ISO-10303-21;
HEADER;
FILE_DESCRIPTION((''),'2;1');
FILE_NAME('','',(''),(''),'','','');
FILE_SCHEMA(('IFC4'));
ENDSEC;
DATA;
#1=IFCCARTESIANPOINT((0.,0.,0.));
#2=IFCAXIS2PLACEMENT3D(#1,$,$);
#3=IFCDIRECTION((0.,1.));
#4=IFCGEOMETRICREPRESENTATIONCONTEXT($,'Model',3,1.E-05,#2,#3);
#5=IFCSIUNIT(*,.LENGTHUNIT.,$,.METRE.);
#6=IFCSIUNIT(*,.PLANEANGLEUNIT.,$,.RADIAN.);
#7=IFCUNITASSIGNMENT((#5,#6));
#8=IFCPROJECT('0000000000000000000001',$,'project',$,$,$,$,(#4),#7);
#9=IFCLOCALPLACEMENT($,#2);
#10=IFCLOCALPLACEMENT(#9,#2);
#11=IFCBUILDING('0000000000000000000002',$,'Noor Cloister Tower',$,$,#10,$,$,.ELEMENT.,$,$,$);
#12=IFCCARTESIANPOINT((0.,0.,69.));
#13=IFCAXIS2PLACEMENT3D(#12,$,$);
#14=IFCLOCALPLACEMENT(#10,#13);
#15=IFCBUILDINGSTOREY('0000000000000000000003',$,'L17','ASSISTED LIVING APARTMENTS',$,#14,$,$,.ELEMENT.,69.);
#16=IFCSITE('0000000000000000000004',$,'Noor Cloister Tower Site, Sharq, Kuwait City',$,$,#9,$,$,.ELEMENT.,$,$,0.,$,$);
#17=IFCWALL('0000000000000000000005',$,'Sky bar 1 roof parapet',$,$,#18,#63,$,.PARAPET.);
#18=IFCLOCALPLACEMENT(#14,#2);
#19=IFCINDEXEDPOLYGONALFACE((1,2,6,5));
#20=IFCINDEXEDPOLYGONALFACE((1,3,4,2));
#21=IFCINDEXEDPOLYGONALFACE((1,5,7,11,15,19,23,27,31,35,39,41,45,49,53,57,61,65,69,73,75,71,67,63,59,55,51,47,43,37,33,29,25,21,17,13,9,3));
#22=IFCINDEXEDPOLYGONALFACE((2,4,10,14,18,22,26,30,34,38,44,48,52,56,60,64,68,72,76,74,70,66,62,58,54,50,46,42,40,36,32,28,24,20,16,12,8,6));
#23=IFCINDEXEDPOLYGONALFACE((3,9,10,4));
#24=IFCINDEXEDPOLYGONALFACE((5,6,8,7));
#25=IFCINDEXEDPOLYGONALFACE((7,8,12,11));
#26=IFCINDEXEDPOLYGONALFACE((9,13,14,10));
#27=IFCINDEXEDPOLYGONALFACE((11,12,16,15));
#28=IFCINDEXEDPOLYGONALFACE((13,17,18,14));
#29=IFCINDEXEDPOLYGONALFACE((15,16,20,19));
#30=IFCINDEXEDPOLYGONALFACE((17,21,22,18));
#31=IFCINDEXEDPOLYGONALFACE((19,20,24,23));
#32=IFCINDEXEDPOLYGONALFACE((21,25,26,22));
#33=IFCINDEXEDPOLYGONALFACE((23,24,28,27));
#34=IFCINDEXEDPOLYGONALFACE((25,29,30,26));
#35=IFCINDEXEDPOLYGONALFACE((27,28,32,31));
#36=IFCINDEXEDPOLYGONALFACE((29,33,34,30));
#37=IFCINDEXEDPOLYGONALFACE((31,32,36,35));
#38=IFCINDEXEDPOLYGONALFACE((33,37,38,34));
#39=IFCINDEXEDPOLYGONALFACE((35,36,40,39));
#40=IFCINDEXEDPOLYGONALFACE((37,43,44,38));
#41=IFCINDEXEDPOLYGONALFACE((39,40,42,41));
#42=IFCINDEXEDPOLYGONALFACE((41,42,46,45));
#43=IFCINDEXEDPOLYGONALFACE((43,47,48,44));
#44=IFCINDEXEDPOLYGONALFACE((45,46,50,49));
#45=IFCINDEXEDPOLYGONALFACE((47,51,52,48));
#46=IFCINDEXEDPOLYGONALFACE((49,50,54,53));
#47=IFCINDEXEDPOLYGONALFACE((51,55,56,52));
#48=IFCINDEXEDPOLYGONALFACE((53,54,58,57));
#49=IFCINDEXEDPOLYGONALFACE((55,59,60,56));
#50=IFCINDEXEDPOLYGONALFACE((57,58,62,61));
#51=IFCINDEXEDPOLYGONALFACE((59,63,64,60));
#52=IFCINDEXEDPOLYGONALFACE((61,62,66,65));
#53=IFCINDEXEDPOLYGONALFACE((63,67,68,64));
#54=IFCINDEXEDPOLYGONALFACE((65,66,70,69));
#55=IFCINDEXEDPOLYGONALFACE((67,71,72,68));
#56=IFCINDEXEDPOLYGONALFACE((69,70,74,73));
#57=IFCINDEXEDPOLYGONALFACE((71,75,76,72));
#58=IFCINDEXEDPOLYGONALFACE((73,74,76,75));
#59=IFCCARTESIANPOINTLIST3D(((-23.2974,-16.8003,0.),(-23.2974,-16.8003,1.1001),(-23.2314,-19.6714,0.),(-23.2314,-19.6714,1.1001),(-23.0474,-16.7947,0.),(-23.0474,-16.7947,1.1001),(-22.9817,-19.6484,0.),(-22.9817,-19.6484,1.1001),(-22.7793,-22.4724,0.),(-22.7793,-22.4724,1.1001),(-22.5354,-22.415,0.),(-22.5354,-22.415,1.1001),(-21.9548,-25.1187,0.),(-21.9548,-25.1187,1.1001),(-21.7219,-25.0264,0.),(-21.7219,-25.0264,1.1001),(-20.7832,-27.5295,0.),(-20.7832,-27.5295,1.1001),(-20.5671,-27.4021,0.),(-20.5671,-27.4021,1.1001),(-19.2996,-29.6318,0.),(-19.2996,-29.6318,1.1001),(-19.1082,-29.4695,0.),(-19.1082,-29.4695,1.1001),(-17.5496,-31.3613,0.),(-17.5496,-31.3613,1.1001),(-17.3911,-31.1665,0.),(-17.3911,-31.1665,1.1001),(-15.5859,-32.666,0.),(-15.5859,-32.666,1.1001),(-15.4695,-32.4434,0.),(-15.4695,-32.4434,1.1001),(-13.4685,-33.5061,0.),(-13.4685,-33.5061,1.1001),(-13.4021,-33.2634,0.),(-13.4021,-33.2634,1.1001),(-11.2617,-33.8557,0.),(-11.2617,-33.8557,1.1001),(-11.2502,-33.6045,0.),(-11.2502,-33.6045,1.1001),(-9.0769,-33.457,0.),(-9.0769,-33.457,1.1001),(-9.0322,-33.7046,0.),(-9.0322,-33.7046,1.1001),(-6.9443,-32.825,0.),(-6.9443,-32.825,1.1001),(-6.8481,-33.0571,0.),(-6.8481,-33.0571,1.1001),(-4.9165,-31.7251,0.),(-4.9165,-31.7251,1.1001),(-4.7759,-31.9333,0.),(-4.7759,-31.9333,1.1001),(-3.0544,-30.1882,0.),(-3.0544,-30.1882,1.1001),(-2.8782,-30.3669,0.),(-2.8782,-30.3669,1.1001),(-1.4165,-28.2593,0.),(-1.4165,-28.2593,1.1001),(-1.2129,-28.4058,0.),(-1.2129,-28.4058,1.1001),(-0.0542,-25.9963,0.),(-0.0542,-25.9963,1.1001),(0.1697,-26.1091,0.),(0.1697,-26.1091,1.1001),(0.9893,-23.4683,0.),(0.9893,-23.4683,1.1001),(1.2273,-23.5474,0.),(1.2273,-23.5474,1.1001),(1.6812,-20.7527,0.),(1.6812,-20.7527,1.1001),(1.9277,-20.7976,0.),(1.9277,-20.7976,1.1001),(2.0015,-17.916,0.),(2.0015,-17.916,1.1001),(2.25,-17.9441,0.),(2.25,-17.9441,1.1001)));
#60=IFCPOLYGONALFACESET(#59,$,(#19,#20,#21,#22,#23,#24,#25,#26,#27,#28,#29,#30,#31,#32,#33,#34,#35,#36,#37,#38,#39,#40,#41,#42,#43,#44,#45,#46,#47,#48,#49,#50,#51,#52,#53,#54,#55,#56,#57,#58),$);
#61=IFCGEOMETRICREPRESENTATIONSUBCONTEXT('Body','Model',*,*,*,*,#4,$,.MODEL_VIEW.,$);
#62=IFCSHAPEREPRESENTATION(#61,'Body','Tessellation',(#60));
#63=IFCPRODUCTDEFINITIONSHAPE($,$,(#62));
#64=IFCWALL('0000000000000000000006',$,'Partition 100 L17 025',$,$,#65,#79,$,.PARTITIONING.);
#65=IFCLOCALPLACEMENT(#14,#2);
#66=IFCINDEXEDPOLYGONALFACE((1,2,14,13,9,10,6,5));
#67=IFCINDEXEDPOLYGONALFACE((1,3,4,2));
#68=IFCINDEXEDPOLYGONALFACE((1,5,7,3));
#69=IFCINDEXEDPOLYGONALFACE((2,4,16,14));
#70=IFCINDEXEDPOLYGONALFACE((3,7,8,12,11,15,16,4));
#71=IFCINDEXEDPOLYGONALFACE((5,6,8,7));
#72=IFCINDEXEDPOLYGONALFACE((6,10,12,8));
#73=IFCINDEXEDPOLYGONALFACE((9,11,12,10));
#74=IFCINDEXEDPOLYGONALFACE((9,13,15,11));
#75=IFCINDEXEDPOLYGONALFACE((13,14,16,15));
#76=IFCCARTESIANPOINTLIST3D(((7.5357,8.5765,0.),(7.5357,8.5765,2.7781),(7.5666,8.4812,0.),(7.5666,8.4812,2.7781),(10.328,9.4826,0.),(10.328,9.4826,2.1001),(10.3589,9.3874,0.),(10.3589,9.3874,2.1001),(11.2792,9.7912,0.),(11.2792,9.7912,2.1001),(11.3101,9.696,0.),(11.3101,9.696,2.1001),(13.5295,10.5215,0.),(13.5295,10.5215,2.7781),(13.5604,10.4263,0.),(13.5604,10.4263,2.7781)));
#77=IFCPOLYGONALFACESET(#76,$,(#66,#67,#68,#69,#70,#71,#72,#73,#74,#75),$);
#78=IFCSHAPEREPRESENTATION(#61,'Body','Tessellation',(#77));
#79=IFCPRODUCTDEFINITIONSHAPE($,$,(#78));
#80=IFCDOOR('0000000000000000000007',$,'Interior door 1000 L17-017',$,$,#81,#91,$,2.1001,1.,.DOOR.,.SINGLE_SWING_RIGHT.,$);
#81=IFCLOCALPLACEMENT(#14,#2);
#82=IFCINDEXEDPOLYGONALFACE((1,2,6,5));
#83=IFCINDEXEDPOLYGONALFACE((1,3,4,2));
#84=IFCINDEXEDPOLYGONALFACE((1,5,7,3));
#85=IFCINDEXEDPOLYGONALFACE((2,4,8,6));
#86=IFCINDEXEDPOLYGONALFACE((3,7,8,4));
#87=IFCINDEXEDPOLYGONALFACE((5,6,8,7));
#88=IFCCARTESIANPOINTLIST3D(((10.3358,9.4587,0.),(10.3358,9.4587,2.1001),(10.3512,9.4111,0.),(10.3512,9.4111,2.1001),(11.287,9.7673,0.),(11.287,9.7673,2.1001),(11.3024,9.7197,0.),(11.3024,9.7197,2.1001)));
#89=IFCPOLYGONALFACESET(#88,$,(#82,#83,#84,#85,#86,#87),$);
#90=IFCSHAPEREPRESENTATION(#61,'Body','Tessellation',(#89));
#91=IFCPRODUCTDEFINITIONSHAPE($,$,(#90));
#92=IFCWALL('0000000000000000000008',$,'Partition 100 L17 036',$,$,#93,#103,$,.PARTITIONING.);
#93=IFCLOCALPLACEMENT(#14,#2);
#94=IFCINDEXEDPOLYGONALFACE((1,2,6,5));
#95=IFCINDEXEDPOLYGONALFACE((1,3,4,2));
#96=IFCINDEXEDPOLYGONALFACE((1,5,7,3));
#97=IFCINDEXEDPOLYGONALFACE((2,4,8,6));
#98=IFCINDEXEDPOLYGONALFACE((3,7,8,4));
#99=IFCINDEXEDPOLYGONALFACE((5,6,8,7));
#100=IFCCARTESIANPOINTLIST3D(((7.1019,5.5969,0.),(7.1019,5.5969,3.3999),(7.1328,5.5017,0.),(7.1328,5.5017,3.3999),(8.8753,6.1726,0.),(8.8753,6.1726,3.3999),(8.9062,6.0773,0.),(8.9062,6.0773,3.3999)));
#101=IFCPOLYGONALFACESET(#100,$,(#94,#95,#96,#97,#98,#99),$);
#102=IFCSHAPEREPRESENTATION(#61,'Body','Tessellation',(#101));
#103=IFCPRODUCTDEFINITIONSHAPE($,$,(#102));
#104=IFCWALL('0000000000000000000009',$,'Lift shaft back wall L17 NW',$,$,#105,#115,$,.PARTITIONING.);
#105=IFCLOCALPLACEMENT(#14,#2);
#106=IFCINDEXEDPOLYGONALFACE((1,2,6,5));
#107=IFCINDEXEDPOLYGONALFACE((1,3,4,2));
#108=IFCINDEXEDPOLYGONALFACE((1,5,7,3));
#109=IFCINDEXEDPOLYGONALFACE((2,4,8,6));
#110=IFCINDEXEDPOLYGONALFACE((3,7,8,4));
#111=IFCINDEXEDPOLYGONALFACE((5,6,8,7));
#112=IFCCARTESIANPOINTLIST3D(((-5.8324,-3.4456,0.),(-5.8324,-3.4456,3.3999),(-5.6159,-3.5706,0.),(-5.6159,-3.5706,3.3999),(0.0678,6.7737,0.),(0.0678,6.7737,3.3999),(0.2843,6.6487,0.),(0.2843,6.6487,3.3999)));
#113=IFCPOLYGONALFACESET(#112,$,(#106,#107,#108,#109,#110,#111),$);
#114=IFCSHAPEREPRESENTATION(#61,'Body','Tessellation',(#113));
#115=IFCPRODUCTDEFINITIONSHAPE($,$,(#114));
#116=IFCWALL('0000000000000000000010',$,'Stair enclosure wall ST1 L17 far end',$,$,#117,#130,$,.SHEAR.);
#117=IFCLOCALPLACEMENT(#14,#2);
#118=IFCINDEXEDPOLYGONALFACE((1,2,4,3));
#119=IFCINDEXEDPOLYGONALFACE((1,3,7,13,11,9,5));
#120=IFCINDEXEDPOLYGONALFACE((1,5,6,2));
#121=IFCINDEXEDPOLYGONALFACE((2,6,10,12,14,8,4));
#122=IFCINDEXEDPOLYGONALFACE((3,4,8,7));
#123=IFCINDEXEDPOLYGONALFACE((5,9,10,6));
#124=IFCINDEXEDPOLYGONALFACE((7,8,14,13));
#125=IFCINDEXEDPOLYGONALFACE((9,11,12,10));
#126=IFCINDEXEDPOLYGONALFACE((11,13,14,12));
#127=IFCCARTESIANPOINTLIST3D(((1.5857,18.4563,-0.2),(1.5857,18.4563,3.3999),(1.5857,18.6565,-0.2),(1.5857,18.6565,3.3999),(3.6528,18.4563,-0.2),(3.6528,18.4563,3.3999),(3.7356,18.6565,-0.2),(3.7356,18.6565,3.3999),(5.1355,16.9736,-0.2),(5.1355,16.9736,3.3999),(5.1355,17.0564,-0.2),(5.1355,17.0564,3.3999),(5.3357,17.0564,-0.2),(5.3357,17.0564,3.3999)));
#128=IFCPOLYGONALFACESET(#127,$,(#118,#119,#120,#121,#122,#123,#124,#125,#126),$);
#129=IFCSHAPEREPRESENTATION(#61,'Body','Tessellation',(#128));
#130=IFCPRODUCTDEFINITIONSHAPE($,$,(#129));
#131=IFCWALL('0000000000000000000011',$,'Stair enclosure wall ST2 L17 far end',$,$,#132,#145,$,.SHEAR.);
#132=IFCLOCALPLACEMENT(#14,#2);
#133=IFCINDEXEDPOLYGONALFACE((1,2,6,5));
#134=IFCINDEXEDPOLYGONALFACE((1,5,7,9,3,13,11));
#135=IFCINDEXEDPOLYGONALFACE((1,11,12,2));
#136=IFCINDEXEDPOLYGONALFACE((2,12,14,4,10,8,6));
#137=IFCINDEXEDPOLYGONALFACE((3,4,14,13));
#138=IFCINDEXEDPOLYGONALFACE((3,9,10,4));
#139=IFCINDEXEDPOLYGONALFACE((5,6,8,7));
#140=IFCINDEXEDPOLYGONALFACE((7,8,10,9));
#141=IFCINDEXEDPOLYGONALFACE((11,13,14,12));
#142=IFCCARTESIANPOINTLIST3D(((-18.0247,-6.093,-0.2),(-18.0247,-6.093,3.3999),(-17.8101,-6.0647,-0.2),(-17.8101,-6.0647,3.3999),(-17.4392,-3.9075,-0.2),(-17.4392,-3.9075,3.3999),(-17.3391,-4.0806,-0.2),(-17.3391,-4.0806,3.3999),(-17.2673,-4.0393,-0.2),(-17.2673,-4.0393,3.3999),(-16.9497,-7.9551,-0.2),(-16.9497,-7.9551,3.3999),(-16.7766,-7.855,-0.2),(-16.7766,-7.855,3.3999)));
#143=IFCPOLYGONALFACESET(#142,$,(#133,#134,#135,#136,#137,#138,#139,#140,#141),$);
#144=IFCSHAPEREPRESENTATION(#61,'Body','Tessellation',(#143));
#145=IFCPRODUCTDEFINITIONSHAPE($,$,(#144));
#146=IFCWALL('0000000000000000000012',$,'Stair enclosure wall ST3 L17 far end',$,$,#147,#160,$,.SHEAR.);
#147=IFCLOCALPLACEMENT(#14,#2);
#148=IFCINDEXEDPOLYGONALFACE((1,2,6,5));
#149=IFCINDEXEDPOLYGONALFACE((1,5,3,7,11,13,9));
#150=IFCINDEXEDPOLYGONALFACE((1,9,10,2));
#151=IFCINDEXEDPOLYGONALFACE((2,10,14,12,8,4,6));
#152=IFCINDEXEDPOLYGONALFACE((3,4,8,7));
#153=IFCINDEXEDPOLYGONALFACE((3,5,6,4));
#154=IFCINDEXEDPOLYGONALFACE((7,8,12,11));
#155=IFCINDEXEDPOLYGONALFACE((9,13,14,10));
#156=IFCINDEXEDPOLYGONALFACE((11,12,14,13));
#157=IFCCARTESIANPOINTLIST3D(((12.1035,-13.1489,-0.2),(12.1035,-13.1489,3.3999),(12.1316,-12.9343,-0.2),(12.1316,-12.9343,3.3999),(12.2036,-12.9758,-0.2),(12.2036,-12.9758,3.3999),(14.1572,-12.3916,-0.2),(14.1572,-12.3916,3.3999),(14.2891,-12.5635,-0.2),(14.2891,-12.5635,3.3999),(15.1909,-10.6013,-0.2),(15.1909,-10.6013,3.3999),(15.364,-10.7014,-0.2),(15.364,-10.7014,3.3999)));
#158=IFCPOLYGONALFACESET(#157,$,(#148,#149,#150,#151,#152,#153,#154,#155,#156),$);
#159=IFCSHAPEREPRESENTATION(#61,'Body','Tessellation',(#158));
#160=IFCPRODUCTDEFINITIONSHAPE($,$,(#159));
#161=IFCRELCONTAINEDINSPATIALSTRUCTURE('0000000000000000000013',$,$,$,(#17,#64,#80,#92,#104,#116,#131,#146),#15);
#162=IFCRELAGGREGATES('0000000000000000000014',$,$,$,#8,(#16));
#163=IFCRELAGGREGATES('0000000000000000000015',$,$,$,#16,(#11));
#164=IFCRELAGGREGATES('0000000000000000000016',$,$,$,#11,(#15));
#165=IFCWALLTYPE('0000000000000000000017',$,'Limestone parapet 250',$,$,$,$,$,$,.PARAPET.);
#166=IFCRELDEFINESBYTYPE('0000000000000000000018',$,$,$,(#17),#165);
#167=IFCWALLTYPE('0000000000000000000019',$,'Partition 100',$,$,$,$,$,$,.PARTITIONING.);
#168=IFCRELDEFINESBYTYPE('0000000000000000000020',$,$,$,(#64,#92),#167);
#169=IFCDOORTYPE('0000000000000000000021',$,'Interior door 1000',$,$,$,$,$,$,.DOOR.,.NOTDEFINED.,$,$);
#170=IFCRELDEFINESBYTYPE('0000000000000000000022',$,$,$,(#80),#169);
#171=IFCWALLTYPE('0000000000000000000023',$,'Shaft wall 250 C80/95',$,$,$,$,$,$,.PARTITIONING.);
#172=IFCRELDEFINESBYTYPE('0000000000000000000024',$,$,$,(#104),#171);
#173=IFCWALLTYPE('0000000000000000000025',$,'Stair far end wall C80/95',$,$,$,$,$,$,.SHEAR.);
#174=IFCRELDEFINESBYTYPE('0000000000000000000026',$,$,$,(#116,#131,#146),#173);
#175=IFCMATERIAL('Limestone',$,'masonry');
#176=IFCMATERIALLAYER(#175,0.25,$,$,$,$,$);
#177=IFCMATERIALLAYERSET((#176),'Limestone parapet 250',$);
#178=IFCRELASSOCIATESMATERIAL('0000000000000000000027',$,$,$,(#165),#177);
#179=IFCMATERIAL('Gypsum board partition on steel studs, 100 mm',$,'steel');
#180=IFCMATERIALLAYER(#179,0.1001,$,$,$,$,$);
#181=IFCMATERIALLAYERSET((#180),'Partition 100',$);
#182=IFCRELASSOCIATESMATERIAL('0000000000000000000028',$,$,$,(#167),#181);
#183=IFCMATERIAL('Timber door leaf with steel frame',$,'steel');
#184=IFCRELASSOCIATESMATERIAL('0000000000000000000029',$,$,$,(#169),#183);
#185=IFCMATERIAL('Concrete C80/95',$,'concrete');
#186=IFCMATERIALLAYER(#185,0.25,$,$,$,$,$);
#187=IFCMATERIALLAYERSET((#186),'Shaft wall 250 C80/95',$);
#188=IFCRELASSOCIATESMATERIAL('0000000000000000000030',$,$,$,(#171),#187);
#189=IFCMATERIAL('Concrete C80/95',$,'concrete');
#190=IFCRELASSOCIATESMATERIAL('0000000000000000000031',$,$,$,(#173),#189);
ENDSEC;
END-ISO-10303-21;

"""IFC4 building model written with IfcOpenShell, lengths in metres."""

from ifc_helpers import new_model, si_unit, direction, frame, frame_2d, origin, place, context, subcontext, project, spatial, polyline, rectangle, outline, extrude, material, layer, layer_set, type_object, element, fill, save


model = new_model("IFC4")

# Units and contexts
model_context = context("Model", 3, precision=1e-05, world=origin(), true_north=direction((0.0, 1.0)))
body_context = subcontext(model_context, "Body", "Model", "MODEL_VIEW")
ifc_project = project(units=[si_unit("LENGTHUNIT", "METRE"), si_unit("PLANEANGLEUNIT", "RADIAN")], contexts=[model_context])

# Site, building, storey
site_placement = place(None, origin())
site = spatial("IfcSite", under=ifc_project, at=site_placement, Name="Noor Cloister Tower Site, Sharq, Kuwait City", CompositionType="ELEMENT", RefElevation=0.0)
building_placement = place(site_placement, origin())
building = spatial("IfcBuilding", under=site, at=building_placement, Name="Noor Cloister Tower", CompositionType="ELEMENT")
storey_placement = place(building_placement, frame((0.0, 0.0, 69.0)))
storey = spatial("IfcBuildingStorey", under=building, at=storey_placement, Name="L17", Description="ASSISTED LIVING APARTMENTS", CompositionType="ELEMENT", Elevation=69.0)

# Wall
ifc_material_1 = material(Name="Limestone", Category="masonry")
ifc_layer_1 = layer(ifc_material_1, 0.25)
ifc_layer_set_1 = layer_set([ifc_layer_1], Name="Limestone parapet 250")
wall_type_1 = type_object("IfcWallType", Name="Limestone parapet 250", PredefinedType="PARAPET", material=ifc_layer_set_1)
wall_1_placement = place(storey_placement, origin())
element("IfcWall", 1, at=wall_1_placement, inside=storey, type_object=wall_type_1, Name="Sky bar 1 roof parapet", PredefinedType="PARAPET", context=body_context, shape_type="SweptSolid", body=[
    extrude(outline(polyline([(-23.2974, -16.8003), (-23.2314, -19.6714), (-22.7793, -22.4724), (-21.9548, -25.1187), (-20.7832, -27.5295), (-19.2996, -29.6318), (-17.5496, -31.3613), (-15.5859, -32.666), (-13.4685, -33.5061), (-11.2617, -33.8557), (-9.0322, -33.7046), (-6.8481, -33.0571), (-4.7759, -31.9333), (-2.8782, -30.3669), (-1.2129, -28.4058), (0.1697, -26.1091), (1.2273, -23.5474), (1.9277, -20.7976), (2.25, -17.9441), (2.0015, -17.916), (1.6812, -20.7527), (0.9893, -23.4683), (-0.0542, -25.9963), (-1.4165, -28.2593), (-3.0544, -30.1882), (-4.9165, -31.7251), (-6.9443, -32.825), (-9.0769, -33.457), (-11.2502, -33.6045), (-13.4021, -33.2634), (-15.4695, -32.4434), (-17.3911, -31.1665), (-19.1082, -29.4695), (-20.5671, -27.4021), (-21.7219, -25.0264), (-22.5354, -22.415), (-22.9817, -19.6484), (-23.0474, -16.7947), (-23.2974, -16.8003)])), origin(), (0.0, 0.0, 1.0), 1.1001),
])

# Wall, opening, door
ifc_material_2 = material(Name="Gypsum board partition on steel studs, 100 mm", Category="steel")
ifc_layer_2 = layer(ifc_material_2, 0.1001)
ifc_layer_set_2 = layer_set([ifc_layer_2], Name="Partition 100")
wall_type_2 = type_object("IfcWallType", Name="Partition 100", PredefinedType="PARTITIONING", material=ifc_layer_set_2)
wall_2_placement = place(storey_placement, frame((7.551, 8.5288, 0.0), z_axis=(0.0, 0.0, 1.0), x_axis=(0.951171, 0.308663, 0.0)))
wall_2 = element("IfcWall", 2, at=wall_2_placement, inside=storey, type_object=wall_type_2, Name="Partition 100 L17 025", PredefinedType="PARTITIONING", context=body_context, shape_type="SweptSolid", body=[
    extrude(rectangle(XDim=6.3015, YDim=0.1001, at=frame_2d((3.1509, 0.0))), origin(), (0.0, 0.0, 1.0), 2.7781),
])
opening_1_placement = place(wall_2_placement, frame((2.9358, 0.0, 0.0)))
opening_1 = element("IfcOpeningElement", 3, at=opening_1_placement, cuts=wall_2, PredefinedType="OPENING", context=body_context, shape_type="SweptSolid", body=[
    extrude(rectangle(XDim=1.0, YDim=2.1001, at=frame_2d((0.5, 1.05))), frame((0.0, 0.0601, 0.0), z_axis=(0.0, -1.0, 0.0), x_axis=(1.0, 0.0, 0.0)), (0.0, 0.0, 1.0), 0.1201),
])
ifc_material_3 = material(Name="Timber door leaf with steel frame", Category="steel")
door_type_1 = type_object("IfcDoorType", Name="Interior door 1000", OperationType="NOTDEFINED", PredefinedType="DOOR", material=ifc_material_3)
door_1_placement = place(opening_1_placement, origin())
door_1 = element("IfcDoor", 4, at=door_1_placement, inside=storey, type_object=door_type_1, Name="Interior door 1000 L17-017", OperationType="SINGLE_SWING_RIGHT", OverallHeight=2.1001, OverallWidth=1.0, PredefinedType="DOOR", context=body_context, shape_type="SweptSolid", body=[
    extrude(rectangle(XDim=1.0, YDim=2.1001, at=frame_2d((0.5, 1.05))), frame((0.0, 0.0249, 0.0), z_axis=(0.0, -1.0, 0.0), x_axis=(1.0, 0.0, 0.0)), (0.0, 0.0, 1.0), 0.05),
])
fill(opening_1, door_1)

# Walls
wall_3_placement = place(storey_placement, frame((7.1174, 5.5493, 0.0), z_axis=(0.0, 0.0, 1.0), x_axis=(0.951142, 0.308754, 0.0)))
element("IfcWall", 5, at=wall_3_placement, inside=storey, type_object=wall_type_2, Name="Partition 100 L17 036", PredefinedType="PARTITIONING", context=body_context, shape_type="SweptSolid", body=[
    extrude(rectangle(XDim=1.8645, YDim=0.1001, at=frame_2d((0.9321, 0.0))), origin(), (0.0, 0.0, 1.0), 3.3999),
])
ifc_material_4 = material(Name="Concrete C80/95", Category="concrete")
ifc_layer_3 = layer(ifc_material_4, 0.25)
ifc_layer_set_3 = layer_set([ifc_layer_3], Name="Shaft wall 250 C80/95")
wall_type_3 = type_object("IfcWallType", Name="Shaft wall 250 C80/95", PredefinedType="PARTITIONING", material=ifc_layer_set_3)
wall_4_placement = place(storey_placement, frame((0.176, 6.7112, 0.0), z_axis=(0.0, 0.0, 1.0), x_axis=(-0.500004, -0.866023, 0.0)))
element("IfcWall", 6, at=wall_4_placement, inside=storey, type_object=wall_type_3, Name="Lift shaft back wall L17 NW", PredefinedType="PARTITIONING", context=body_context, shape_type="SweptSolid", body=[
    extrude(rectangle(XDim=11.8003, YDim=0.25, at=frame_2d((5.9001, 0.0))), origin(), (0.0, 0.0, 1.0), 3.3999),
])
ifc_material_5 = material(Name="Concrete C80/95", Category="concrete")
wall_type_4 = type_object("IfcWallType", Name="Stair far end wall C80/95", PredefinedType="SHEAR", material=ifc_material_5)
wall_5_placement = place(storey_placement, frame((0.0, 0.0, -0.2)))
element("IfcWall", 7, at=wall_5_placement, inside=storey, type_object=wall_type_4, Name="Stair enclosure wall ST1 L17 far end", PredefinedType="SHEAR", context=body_context, shape_type="SweptSolid", body=[
    extrude(outline(polyline([(5.3357, 17.0564), (3.7356, 18.6565), (1.5857, 18.6565), (1.5857, 18.4563), (3.6528, 18.4563), (5.1355, 16.9736), (5.1355, 17.0564), (5.1355, 17.0564), (5.1355, 17.0564), (5.1355, 17.0564), (5.1355, 17.0564), (5.1355, 17.0564), (5.1355, 17.0564), (5.1355, 17.0564), (5.1355, 17.0564), (5.1355, 17.0564), (5.1355, 17.0564), (5.1355, 17.0564), (5.1355, 17.0564), (5.1355, 17.0564), (5.1355, 17.0564), (5.1355, 17.0564), (5.1355, 17.0564), (5.3357, 17.0564)])), origin(), (0.0, 0.0, 1.0), 3.5999),
])
wall_6_placement = place(storey_placement, frame((0.0, 0.0, -0.2)))
element("IfcWall", 8, at=wall_6_placement, inside=storey, type_object=wall_type_4, Name="Stair enclosure wall ST2 L17 far end", PredefinedType="SHEAR", context=body_context, shape_type="SweptSolid", body=[
    extrude(outline(polyline([(-17.4392, -3.9075), (-18.0247, -6.093), (-16.9497, -7.9551), (-16.7766, -7.855), (-17.8101, -6.0647), (-17.2673, -4.0393), (-17.3391, -4.0806), (-17.3391, -4.0806), (-17.3391, -4.0806), (-17.3391, -4.0806), (-17.3391, -4.0806), (-17.3391, -4.0806), (-17.3391, -4.0806), (-17.3391, -4.0806), (-17.3391, -4.0806), (-17.3391, -4.0806), (-17.3391, -4.0806), (-17.3391, -4.0806), (-17.3391, -4.0806), (-17.3391, -4.0806), (-17.3391, -4.0806), (-17.3391, -4.0806), (-17.3391, -4.0806), (-17.4392, -3.9075)])), origin(), (0.0, 0.0, 1.0), 3.5999),
])
wall_7_placement = place(storey_placement, frame((0.0, 0.0, -0.2)))
element("IfcWall", 9, at=wall_7_placement, inside=storey, type_object=wall_type_4, Name="Stair enclosure wall ST3 L17 far end", PredefinedType="SHEAR", context=body_context, shape_type="SweptSolid", body=[
    extrude(outline(polyline([(12.1035, -13.1489), (14.2891, -12.5635), (15.364, -10.7014), (15.1909, -10.6013), (14.1572, -12.3916), (12.1316, -12.9343), (12.2036, -12.9758), (12.2036, -12.9758), (12.2036, -12.9758), (12.2036, -12.9758), (12.2036, -12.9758), (12.2036, -12.9758), (12.2036, -12.9758), (12.2036, -12.9758), (12.2036, -12.9758), (12.2036, -12.9758), (12.2036, -12.9758), (12.2036, -12.9758), (12.2036, -12.9758), (12.2036, -12.9758), (12.2036, -12.9758), (12.2036, -12.9758), (12.2036, -12.9758), (12.1035, -13.1489)])), origin(), (0.0, 0.0, 1.0), 3.5999),
])

save(model, "model.ifc")
